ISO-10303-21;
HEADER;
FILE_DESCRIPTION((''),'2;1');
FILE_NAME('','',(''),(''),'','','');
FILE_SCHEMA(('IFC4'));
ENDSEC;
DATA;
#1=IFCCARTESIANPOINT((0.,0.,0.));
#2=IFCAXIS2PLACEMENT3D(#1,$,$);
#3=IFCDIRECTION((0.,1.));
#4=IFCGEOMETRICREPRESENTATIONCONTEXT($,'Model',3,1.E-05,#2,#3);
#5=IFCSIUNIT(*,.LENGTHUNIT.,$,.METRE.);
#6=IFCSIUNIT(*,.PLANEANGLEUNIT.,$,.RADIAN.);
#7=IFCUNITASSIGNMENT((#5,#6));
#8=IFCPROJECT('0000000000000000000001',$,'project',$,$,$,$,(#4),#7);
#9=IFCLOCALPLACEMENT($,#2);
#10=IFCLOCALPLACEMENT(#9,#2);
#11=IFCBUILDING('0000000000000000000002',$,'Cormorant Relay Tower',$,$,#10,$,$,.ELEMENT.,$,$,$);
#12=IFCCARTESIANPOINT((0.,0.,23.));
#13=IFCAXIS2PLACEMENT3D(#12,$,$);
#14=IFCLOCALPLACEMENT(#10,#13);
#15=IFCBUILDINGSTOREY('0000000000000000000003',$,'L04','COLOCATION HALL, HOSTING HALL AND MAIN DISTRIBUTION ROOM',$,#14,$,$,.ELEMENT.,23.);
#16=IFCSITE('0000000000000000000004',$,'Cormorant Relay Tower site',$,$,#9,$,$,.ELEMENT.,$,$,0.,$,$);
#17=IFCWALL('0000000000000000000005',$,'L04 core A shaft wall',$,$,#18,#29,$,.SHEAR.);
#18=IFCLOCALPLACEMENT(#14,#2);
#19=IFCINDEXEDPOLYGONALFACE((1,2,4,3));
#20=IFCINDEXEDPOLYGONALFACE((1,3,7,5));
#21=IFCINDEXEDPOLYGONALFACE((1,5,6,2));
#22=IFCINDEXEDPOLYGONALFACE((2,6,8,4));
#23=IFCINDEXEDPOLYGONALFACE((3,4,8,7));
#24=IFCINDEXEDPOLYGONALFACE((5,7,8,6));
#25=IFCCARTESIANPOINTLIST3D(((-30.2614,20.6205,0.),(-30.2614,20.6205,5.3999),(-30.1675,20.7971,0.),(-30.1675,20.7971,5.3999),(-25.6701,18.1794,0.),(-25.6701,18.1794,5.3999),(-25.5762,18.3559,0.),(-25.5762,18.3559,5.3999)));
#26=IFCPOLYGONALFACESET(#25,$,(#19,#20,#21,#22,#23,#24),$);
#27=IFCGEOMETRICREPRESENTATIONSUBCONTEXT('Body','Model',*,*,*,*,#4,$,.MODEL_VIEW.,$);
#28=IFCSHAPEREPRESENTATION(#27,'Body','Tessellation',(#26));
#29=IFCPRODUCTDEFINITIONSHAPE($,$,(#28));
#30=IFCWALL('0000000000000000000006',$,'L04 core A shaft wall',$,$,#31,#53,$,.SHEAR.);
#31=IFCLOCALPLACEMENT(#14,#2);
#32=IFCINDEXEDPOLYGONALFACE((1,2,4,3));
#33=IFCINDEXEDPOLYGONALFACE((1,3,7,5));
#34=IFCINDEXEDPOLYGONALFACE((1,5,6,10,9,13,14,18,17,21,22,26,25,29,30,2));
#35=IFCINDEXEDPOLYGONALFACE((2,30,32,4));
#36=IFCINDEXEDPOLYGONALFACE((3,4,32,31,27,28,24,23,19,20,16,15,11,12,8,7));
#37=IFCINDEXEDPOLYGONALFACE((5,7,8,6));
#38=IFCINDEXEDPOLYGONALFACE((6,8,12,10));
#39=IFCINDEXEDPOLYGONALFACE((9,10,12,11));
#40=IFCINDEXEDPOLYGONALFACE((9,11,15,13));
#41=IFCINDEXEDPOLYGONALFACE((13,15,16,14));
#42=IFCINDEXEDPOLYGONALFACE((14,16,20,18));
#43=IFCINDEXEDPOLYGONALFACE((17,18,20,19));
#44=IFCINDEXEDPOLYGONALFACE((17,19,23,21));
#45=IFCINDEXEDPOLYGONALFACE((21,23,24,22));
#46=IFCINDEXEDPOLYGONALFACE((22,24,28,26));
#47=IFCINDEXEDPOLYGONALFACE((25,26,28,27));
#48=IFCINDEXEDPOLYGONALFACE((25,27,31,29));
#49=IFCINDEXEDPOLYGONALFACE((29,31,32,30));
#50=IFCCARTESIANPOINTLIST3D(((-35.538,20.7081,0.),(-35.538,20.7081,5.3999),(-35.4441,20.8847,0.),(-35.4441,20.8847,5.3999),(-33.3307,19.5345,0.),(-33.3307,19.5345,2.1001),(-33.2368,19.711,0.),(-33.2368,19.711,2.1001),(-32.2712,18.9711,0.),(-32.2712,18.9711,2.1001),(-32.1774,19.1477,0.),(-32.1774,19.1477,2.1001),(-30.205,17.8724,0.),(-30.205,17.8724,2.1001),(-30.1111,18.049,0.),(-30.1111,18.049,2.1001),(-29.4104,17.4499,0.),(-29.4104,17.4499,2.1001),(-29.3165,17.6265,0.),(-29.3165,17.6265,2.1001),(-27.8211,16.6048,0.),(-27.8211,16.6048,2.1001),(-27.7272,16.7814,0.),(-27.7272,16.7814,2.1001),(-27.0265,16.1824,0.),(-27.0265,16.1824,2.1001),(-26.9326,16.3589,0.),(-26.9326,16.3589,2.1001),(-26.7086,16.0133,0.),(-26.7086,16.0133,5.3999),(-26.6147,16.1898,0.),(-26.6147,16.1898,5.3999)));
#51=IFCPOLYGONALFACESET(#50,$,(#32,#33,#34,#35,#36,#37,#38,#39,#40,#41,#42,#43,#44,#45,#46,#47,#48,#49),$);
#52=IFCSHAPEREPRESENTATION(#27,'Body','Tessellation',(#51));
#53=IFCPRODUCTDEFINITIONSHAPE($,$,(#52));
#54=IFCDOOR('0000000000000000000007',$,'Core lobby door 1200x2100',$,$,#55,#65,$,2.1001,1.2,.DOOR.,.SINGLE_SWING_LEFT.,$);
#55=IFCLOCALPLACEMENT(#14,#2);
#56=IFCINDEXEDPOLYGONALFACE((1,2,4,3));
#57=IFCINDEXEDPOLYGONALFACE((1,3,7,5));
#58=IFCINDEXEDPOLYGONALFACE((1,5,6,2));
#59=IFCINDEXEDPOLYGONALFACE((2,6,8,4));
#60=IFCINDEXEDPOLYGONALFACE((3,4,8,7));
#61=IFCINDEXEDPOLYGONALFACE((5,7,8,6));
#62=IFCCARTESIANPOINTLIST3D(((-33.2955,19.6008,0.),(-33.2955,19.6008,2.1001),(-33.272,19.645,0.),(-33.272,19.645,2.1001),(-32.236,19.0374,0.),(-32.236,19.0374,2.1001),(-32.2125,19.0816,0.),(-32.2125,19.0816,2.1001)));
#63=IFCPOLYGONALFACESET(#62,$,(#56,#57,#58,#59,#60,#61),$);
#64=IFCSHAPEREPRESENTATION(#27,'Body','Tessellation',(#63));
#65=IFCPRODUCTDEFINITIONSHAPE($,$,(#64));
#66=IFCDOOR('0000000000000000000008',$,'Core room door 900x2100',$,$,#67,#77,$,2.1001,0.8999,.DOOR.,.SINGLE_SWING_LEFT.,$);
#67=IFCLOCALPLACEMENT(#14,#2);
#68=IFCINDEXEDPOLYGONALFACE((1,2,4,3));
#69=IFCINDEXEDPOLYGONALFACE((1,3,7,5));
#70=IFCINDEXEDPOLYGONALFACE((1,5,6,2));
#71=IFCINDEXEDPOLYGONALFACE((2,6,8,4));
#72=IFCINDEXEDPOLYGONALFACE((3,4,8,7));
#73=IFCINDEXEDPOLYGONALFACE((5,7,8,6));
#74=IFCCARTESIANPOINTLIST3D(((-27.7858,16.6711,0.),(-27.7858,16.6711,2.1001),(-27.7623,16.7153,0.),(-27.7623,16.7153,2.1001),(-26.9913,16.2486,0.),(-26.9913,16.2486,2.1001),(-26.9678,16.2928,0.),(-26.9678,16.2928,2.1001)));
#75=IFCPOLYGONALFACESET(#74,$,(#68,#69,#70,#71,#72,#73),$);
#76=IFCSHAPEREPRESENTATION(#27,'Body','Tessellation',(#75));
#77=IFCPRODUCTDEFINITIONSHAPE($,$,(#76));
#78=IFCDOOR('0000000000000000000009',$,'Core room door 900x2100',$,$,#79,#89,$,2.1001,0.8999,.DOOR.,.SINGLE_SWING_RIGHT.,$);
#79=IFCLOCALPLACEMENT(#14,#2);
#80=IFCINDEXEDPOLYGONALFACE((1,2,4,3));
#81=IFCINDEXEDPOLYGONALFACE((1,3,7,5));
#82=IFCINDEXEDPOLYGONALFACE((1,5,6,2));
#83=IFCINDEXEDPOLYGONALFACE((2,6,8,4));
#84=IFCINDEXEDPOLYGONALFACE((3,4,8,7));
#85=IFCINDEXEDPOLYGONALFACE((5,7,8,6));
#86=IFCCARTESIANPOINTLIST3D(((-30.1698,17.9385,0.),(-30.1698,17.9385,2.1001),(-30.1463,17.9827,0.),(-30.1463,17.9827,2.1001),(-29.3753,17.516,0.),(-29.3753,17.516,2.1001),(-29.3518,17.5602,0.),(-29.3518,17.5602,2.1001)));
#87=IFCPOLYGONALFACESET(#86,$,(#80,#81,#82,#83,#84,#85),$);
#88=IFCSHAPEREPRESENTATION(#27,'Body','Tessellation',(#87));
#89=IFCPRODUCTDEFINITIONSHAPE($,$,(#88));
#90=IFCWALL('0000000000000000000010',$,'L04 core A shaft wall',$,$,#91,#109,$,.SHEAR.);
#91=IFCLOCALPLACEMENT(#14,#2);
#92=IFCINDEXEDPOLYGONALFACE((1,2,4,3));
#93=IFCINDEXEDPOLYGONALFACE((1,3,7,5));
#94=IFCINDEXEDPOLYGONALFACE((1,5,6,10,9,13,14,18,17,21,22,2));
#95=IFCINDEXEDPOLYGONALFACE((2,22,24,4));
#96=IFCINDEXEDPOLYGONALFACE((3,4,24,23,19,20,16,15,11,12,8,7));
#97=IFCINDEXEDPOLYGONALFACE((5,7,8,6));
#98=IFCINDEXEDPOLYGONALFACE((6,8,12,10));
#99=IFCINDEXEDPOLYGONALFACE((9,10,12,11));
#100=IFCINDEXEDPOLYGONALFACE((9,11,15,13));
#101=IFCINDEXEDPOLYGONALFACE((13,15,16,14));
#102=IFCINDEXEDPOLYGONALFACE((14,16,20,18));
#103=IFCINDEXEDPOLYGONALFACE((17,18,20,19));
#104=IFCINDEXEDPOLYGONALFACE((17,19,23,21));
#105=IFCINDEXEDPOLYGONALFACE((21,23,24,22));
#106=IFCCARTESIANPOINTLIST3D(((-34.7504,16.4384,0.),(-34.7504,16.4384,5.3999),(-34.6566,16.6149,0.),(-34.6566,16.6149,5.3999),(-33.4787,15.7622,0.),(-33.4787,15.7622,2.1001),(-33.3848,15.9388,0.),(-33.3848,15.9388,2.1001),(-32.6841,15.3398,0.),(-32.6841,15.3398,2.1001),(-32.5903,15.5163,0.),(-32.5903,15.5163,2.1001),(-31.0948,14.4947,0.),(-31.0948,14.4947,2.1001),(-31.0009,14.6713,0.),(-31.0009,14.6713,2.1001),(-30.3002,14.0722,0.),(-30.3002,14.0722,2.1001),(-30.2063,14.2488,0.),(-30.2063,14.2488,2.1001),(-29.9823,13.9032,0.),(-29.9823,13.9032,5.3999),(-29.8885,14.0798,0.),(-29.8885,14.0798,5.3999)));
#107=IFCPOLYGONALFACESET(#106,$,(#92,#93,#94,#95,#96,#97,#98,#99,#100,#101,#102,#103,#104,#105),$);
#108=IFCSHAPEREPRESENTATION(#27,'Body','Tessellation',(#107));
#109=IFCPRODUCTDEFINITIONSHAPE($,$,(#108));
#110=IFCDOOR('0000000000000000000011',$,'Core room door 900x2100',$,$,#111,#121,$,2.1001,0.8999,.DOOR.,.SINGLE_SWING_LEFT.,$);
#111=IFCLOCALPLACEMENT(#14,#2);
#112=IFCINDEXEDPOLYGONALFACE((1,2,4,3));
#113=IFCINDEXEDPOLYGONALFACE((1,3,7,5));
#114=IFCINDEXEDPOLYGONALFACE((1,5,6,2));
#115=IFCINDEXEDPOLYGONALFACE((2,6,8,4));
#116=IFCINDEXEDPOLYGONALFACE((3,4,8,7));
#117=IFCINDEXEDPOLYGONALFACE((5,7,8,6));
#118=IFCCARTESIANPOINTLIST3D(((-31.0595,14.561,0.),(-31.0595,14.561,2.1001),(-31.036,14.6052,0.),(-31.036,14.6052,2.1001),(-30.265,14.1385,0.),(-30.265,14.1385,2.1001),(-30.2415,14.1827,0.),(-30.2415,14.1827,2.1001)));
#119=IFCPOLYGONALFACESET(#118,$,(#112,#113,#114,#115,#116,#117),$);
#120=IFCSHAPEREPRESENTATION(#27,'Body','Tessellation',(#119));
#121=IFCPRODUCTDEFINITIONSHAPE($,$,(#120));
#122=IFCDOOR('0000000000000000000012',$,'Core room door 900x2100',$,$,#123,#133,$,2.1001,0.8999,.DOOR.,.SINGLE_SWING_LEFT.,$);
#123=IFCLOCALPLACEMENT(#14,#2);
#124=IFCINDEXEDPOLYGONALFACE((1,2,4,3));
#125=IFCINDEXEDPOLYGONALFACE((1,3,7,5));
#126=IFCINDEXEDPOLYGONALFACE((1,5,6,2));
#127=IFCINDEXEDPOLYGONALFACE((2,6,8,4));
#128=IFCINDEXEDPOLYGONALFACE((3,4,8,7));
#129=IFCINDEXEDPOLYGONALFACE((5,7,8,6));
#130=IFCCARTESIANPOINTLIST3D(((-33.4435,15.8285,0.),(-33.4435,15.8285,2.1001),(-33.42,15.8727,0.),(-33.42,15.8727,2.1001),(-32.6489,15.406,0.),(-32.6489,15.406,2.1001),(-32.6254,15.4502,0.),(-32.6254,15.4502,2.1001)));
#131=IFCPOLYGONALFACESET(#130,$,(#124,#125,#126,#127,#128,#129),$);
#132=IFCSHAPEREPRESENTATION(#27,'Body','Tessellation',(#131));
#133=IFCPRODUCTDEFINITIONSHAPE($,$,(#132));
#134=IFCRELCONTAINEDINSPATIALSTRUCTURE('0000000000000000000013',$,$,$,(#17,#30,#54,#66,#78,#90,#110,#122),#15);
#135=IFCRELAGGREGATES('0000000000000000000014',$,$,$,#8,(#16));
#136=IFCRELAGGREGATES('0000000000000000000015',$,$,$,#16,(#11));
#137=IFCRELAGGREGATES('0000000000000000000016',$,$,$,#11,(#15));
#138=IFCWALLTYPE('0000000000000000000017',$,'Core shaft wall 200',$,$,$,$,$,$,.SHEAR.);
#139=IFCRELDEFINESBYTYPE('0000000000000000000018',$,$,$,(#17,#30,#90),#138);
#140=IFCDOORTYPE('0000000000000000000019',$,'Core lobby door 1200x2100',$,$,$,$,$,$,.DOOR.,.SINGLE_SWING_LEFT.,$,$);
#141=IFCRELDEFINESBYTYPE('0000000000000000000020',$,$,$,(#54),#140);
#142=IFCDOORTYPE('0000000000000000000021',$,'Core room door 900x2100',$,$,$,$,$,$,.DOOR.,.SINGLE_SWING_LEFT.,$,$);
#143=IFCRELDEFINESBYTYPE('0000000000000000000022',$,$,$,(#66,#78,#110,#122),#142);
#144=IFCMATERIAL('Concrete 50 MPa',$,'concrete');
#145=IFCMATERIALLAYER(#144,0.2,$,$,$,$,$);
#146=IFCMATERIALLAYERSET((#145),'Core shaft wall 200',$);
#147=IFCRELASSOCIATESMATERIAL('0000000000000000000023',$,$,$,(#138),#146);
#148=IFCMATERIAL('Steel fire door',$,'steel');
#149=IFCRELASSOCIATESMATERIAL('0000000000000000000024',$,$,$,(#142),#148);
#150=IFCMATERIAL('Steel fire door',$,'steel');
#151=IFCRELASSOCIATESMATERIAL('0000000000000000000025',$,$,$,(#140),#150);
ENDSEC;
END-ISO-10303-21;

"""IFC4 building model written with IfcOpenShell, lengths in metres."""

from ifc_helpers import new_model, si_unit, direction, frame, frame_2d, origin, place, context, subcontext, project, spatial, rectangle, extrude, material, layer, layer_set, type_object, element, fill, save


model = new_model("IFC4")

# Units and contexts
model_context = context("Model", 3, precision=1e-05, world=origin(), true_north=direction((0.0, 1.0)))
body_context = subcontext(model_context, "Body", "Model", "MODEL_VIEW")
ifc_project = project(units=[si_unit("LENGTHUNIT", "METRE"), si_unit("PLANEANGLEUNIT", "RADIAN")], contexts=[model_context])

# Site, building, storey
site_placement = place(None, origin())
site = spatial("IfcSite", under=ifc_project, at=site_placement, Name="Cormorant Relay Tower site", CompositionType="ELEMENT", RefElevation=0.0)
building_placement = place(site_placement, origin())
building = spatial("IfcBuilding", under=site, at=building_placement, Name="Cormorant Relay Tower", CompositionType="ELEMENT")
storey_placement = place(building_placement, frame((0.0, 0.0, 23.0)))
storey = spatial("IfcBuildingStorey", under=building, at=storey_placement, Name="L04", Description="COLOCATION HALL, HOSTING HALL AND MAIN DISTRIBUTION ROOM", CompositionType="ELEMENT", Elevation=23.0)

# Shared definitions
ifc_material_1 = material(Name="Concrete 50 MPa", Category="concrete")
ifc_layer_1 = layer(ifc_material_1, 0.2)
ifc_layer_set_1 = layer_set([ifc_layer_1], Name="Core shaft wall 200")
wall_type_1 = type_object("IfcWallType", Name="Core shaft wall 200", PredefinedType="SHEAR", material=ifc_layer_set_1)
ifc_material_2 = material(Name="Steel fire door", Category="steel")
door_type_1 = type_object("IfcDoorType", Name="Core room door 900x2100", OperationType="SINGLE_SWING_LEFT", PredefinedType="DOOR", material=ifc_material_2)

# Wall
wall_1_placement = place(storey_placement, frame((-25.623, 18.2676, 0.0), z_axis=(0.0, 0.0, 1.0), x_axis=(-0.882954, 0.46946, 0.0)))
element("IfcWall", 1, at=wall_1_placement, inside=storey, type_object=wall_type_1, Name="L04 core A shaft wall", PredefinedType="SHEAR", context=body_context, shape_type="SweptSolid", body=[
    extrude(rectangle(XDim=5.2, YDim=0.2, at=frame_2d((2.6001, 0.0))), origin(), (0.0, 0.0, 1.0), 5.3999),
])

# Walls, openings, doors
wall_2_placement = place(storey_placement, frame((-26.6616, 16.1016, 0.0), z_axis=(0.0, 0.0, 1.0), x_axis=(-0.88294, 0.469485, 0.0)))
wall_2 = element("IfcWall", 2, at=wall_2_placement, inside=storey, type_object=wall_type_1, Name="L04 core A shaft wall", PredefinedType="SHEAR", context=body_context, shape_type="SweptSolid", body=[
    extrude(rectangle(XDim=10.0, YDim=0.2, at=frame_2d((5.0, 0.0))), origin(), (0.0, 0.0, 1.0), 5.3999),
])
opening_1_placement = place(wall_2_placement, frame((6.3, 0.0, 0.0)))
opening_1 = element("IfcOpeningElement", 3, at=opening_1_placement, cuts=wall_2, PredefinedType="OPENING", context=body_context, shape_type="SweptSolid", body=[
    extrude(rectangle(XDim=1.2, YDim=2.1001, at=frame_2d((0.6001, 1.05))), frame((0.0, 0.1099, 0.0), z_axis=(0.0, -1.0, 0.0), x_axis=(1.0, 0.0, 0.0)), (0.0, 0.0, 1.0), 0.22),
])
opening_2_placement = place(wall_2_placement, frame((0.3601, 0.0, 0.0)))
opening_2 = element("IfcOpeningElement", 4, at=opening_2_placement, cuts=wall_2, PredefinedType="OPENING", context=body_context, shape_type="SweptSolid", body=[
    extrude(rectangle(XDim=0.8999, YDim=2.1001, at=frame_2d((0.45, 1.05))), frame((0.0, 0.1099, 0.0), z_axis=(0.0, -1.0, 0.0), x_axis=(1.0, 0.0, 0.0)), (0.0, 0.0, 1.0), 0.22),
])
opening_3_placement = place(wall_2_placement, frame((3.0601, 0.0, 0.0)))
opening_3 = element("IfcOpeningElement", 5, at=opening_3_placement, cuts=wall_2, PredefinedType="OPENING", context=body_context, shape_type="SweptSolid", body=[
    extrude(rectangle(XDim=0.8999, YDim=2.1001, at=frame_2d((0.45, 1.05))), frame((0.0, 0.1099, 0.0), z_axis=(0.0, -1.0, 0.0), x_axis=(1.0, 0.0, 0.0)), (0.0, 0.0, 1.0), 0.22),
])
ifc_material_3 = material(Name="Steel fire door", Category="steel")
door_type_2 = type_object("IfcDoorType", Name="Core lobby door 1200x2100", OperationType="SINGLE_SWING_LEFT", PredefinedType="DOOR", material=ifc_material_3)
door_1_placement = place(opening_1_placement, origin())
door_1 = element("IfcDoor", 6, at=door_1_placement, inside=storey, type_object=door_type_2, Name="Core lobby door 1200x2100", OperationType="SINGLE_SWING_LEFT", OverallHeight=2.1001, OverallWidth=1.2, PredefinedType="DOOR", context=body_context, shape_type="SweptSolid", body=[
    extrude(rectangle(XDim=1.2, YDim=2.1001, at=frame_2d((0.6001, 1.05))), frame((0.0, 0.0249, 0.0), z_axis=(0.0, -1.0, 0.0), x_axis=(1.0, 0.0, 0.0)), (0.0, 0.0, 1.0), 0.05),
])
fill(opening_1, door_1)
door_2_placement = place(opening_2_placement, origin())
door_2 = element("IfcDoor", 7, at=door_2_placement, inside=storey, type_object=door_type_1, Name="Core room door 900x2100", OperationType="SINGLE_SWING_LEFT", OverallHeight=2.1001, OverallWidth=0.8999, PredefinedType="DOOR", context=body_context, shape_type="SweptSolid", body=[
    extrude(rectangle(XDim=0.8999, YDim=2.1001, at=frame_2d((0.45, 1.05))), frame((0.0, 0.0249, 0.0), z_axis=(0.0, -1.0, 0.0), x_axis=(1.0, 0.0, 0.0)), (0.0, 0.0, 1.0), 0.05),
])
fill(opening_2, door_2)
door_3_placement = place(opening_3_placement, frame((0.8999, 0.0, 0.0), z_axis=(0.0, 0.0, 1.0), x_axis=(-1.0, 0.0, 0.0)))
door_3 = element("IfcDoor", 8, at=door_3_placement, inside=storey, type_object=door_type_1, Name="Core room door 900x2100", OperationType="SINGLE_SWING_RIGHT", OverallHeight=2.1001, OverallWidth=0.8999, PredefinedType="DOOR", context=body_context, shape_type="SweptSolid", body=[
    extrude(rectangle(XDim=0.8999, YDim=2.1001, at=frame_2d((0.45, 1.05))), frame((0.0, 0.0249, 0.0), z_axis=(0.0, -1.0, 0.0), x_axis=(1.0, 0.0, 0.0)), (0.0, 0.0, 1.0), 0.05),
])
fill(opening_3, door_3)
wall_3_placement = place(storey_placement, frame((-29.9353, 13.9915, 0.0), z_axis=(0.0, 0.0, 1.0), x_axis=(-0.882953, 0.469462, 0.0)))
wall_3 = element("IfcWall", 9, at=wall_3_placement, inside=storey, type_object=wall_type_1, Name="L04 core A shaft wall", PredefinedType="SHEAR", context=body_context, shape_type="SweptSolid", body=[
    extrude(rectangle(XDim=5.4001, YDim=0.2, at=frame_2d((2.7002, 0.0))), origin(), (0.0, 0.0, 1.0), 5.3999),
])
opening_4_placement = place(wall_3_placement, frame((0.3601, 0.0, 0.0)))
opening_4 = element("IfcOpeningElement", 10, at=opening_4_placement, cuts=wall_3, PredefinedType="OPENING", context=body_context, shape_type="SweptSolid", body=[
    extrude(rectangle(XDim=0.8999, YDim=2.1001, at=frame_2d((0.45, 1.05))), frame((0.0, 0.1099, 0.0), z_axis=(0.0, -1.0, 0.0), x_axis=(1.0, 0.0, 0.0)), (0.0, 0.0, 1.0), 0.22),
])
opening_5_placement = place(wall_3_placement, frame((3.0601, 0.0, 0.0)))
opening_5 = element("IfcOpeningElement", 11, at=opening_5_placement, cuts=wall_3, PredefinedType="OPENING", context=body_context, shape_type="SweptSolid", body=[
    extrude(rectangle(XDim=0.8999, YDim=2.1001, at=frame_2d((0.45, 1.05))), frame((0.0, 0.1099, 0.0), z_axis=(0.0, -1.0, 0.0), x_axis=(1.0, 0.0, 0.0)), (0.0, 0.0, 1.0), 0.22),
])
door_4_placement = place(opening_4_placement, origin())
door_4 = element("IfcDoor", 12, at=door_4_placement, inside=storey, type_object=door_type_1, Name="Core room door 900x2100", OperationType="SINGLE_SWING_LEFT", OverallHeight=2.1001, OverallWidth=0.8999, PredefinedType="DOOR", context=body_context, shape_type="SweptSolid", body=[
    extrude(rectangle(XDim=0.8999, YDim=2.1001, at=frame_2d((0.45, 1.05))), frame((0.0, 0.0249, 0.0), z_axis=(0.0, -1.0, 0.0), x_axis=(1.0, 0.0, 0.0)), (0.0, 0.0, 1.0), 0.05),
])
fill(opening_4, door_4)
door_5_placement = place(opening_5_placement, origin())
door_5 = element("IfcDoor", 13, at=door_5_placement, inside=storey, type_object=door_type_1, Name="Core room door 900x2100", OperationType="SINGLE_SWING_LEFT", OverallHeight=2.1001, OverallWidth=0.8999, PredefinedType="DOOR", context=body_context, shape_type="SweptSolid", body=[
    extrude(rectangle(XDim=0.8999, YDim=2.1001, at=frame_2d((0.45, 1.05))), frame((0.0, 0.0249, 0.0), z_axis=(0.0, -1.0, 0.0), x_axis=(1.0, 0.0, 0.0)), (0.0, 0.0, 1.0), 0.05),
])
fill(opening_5, door_5)

save(model, "model.ifc")
